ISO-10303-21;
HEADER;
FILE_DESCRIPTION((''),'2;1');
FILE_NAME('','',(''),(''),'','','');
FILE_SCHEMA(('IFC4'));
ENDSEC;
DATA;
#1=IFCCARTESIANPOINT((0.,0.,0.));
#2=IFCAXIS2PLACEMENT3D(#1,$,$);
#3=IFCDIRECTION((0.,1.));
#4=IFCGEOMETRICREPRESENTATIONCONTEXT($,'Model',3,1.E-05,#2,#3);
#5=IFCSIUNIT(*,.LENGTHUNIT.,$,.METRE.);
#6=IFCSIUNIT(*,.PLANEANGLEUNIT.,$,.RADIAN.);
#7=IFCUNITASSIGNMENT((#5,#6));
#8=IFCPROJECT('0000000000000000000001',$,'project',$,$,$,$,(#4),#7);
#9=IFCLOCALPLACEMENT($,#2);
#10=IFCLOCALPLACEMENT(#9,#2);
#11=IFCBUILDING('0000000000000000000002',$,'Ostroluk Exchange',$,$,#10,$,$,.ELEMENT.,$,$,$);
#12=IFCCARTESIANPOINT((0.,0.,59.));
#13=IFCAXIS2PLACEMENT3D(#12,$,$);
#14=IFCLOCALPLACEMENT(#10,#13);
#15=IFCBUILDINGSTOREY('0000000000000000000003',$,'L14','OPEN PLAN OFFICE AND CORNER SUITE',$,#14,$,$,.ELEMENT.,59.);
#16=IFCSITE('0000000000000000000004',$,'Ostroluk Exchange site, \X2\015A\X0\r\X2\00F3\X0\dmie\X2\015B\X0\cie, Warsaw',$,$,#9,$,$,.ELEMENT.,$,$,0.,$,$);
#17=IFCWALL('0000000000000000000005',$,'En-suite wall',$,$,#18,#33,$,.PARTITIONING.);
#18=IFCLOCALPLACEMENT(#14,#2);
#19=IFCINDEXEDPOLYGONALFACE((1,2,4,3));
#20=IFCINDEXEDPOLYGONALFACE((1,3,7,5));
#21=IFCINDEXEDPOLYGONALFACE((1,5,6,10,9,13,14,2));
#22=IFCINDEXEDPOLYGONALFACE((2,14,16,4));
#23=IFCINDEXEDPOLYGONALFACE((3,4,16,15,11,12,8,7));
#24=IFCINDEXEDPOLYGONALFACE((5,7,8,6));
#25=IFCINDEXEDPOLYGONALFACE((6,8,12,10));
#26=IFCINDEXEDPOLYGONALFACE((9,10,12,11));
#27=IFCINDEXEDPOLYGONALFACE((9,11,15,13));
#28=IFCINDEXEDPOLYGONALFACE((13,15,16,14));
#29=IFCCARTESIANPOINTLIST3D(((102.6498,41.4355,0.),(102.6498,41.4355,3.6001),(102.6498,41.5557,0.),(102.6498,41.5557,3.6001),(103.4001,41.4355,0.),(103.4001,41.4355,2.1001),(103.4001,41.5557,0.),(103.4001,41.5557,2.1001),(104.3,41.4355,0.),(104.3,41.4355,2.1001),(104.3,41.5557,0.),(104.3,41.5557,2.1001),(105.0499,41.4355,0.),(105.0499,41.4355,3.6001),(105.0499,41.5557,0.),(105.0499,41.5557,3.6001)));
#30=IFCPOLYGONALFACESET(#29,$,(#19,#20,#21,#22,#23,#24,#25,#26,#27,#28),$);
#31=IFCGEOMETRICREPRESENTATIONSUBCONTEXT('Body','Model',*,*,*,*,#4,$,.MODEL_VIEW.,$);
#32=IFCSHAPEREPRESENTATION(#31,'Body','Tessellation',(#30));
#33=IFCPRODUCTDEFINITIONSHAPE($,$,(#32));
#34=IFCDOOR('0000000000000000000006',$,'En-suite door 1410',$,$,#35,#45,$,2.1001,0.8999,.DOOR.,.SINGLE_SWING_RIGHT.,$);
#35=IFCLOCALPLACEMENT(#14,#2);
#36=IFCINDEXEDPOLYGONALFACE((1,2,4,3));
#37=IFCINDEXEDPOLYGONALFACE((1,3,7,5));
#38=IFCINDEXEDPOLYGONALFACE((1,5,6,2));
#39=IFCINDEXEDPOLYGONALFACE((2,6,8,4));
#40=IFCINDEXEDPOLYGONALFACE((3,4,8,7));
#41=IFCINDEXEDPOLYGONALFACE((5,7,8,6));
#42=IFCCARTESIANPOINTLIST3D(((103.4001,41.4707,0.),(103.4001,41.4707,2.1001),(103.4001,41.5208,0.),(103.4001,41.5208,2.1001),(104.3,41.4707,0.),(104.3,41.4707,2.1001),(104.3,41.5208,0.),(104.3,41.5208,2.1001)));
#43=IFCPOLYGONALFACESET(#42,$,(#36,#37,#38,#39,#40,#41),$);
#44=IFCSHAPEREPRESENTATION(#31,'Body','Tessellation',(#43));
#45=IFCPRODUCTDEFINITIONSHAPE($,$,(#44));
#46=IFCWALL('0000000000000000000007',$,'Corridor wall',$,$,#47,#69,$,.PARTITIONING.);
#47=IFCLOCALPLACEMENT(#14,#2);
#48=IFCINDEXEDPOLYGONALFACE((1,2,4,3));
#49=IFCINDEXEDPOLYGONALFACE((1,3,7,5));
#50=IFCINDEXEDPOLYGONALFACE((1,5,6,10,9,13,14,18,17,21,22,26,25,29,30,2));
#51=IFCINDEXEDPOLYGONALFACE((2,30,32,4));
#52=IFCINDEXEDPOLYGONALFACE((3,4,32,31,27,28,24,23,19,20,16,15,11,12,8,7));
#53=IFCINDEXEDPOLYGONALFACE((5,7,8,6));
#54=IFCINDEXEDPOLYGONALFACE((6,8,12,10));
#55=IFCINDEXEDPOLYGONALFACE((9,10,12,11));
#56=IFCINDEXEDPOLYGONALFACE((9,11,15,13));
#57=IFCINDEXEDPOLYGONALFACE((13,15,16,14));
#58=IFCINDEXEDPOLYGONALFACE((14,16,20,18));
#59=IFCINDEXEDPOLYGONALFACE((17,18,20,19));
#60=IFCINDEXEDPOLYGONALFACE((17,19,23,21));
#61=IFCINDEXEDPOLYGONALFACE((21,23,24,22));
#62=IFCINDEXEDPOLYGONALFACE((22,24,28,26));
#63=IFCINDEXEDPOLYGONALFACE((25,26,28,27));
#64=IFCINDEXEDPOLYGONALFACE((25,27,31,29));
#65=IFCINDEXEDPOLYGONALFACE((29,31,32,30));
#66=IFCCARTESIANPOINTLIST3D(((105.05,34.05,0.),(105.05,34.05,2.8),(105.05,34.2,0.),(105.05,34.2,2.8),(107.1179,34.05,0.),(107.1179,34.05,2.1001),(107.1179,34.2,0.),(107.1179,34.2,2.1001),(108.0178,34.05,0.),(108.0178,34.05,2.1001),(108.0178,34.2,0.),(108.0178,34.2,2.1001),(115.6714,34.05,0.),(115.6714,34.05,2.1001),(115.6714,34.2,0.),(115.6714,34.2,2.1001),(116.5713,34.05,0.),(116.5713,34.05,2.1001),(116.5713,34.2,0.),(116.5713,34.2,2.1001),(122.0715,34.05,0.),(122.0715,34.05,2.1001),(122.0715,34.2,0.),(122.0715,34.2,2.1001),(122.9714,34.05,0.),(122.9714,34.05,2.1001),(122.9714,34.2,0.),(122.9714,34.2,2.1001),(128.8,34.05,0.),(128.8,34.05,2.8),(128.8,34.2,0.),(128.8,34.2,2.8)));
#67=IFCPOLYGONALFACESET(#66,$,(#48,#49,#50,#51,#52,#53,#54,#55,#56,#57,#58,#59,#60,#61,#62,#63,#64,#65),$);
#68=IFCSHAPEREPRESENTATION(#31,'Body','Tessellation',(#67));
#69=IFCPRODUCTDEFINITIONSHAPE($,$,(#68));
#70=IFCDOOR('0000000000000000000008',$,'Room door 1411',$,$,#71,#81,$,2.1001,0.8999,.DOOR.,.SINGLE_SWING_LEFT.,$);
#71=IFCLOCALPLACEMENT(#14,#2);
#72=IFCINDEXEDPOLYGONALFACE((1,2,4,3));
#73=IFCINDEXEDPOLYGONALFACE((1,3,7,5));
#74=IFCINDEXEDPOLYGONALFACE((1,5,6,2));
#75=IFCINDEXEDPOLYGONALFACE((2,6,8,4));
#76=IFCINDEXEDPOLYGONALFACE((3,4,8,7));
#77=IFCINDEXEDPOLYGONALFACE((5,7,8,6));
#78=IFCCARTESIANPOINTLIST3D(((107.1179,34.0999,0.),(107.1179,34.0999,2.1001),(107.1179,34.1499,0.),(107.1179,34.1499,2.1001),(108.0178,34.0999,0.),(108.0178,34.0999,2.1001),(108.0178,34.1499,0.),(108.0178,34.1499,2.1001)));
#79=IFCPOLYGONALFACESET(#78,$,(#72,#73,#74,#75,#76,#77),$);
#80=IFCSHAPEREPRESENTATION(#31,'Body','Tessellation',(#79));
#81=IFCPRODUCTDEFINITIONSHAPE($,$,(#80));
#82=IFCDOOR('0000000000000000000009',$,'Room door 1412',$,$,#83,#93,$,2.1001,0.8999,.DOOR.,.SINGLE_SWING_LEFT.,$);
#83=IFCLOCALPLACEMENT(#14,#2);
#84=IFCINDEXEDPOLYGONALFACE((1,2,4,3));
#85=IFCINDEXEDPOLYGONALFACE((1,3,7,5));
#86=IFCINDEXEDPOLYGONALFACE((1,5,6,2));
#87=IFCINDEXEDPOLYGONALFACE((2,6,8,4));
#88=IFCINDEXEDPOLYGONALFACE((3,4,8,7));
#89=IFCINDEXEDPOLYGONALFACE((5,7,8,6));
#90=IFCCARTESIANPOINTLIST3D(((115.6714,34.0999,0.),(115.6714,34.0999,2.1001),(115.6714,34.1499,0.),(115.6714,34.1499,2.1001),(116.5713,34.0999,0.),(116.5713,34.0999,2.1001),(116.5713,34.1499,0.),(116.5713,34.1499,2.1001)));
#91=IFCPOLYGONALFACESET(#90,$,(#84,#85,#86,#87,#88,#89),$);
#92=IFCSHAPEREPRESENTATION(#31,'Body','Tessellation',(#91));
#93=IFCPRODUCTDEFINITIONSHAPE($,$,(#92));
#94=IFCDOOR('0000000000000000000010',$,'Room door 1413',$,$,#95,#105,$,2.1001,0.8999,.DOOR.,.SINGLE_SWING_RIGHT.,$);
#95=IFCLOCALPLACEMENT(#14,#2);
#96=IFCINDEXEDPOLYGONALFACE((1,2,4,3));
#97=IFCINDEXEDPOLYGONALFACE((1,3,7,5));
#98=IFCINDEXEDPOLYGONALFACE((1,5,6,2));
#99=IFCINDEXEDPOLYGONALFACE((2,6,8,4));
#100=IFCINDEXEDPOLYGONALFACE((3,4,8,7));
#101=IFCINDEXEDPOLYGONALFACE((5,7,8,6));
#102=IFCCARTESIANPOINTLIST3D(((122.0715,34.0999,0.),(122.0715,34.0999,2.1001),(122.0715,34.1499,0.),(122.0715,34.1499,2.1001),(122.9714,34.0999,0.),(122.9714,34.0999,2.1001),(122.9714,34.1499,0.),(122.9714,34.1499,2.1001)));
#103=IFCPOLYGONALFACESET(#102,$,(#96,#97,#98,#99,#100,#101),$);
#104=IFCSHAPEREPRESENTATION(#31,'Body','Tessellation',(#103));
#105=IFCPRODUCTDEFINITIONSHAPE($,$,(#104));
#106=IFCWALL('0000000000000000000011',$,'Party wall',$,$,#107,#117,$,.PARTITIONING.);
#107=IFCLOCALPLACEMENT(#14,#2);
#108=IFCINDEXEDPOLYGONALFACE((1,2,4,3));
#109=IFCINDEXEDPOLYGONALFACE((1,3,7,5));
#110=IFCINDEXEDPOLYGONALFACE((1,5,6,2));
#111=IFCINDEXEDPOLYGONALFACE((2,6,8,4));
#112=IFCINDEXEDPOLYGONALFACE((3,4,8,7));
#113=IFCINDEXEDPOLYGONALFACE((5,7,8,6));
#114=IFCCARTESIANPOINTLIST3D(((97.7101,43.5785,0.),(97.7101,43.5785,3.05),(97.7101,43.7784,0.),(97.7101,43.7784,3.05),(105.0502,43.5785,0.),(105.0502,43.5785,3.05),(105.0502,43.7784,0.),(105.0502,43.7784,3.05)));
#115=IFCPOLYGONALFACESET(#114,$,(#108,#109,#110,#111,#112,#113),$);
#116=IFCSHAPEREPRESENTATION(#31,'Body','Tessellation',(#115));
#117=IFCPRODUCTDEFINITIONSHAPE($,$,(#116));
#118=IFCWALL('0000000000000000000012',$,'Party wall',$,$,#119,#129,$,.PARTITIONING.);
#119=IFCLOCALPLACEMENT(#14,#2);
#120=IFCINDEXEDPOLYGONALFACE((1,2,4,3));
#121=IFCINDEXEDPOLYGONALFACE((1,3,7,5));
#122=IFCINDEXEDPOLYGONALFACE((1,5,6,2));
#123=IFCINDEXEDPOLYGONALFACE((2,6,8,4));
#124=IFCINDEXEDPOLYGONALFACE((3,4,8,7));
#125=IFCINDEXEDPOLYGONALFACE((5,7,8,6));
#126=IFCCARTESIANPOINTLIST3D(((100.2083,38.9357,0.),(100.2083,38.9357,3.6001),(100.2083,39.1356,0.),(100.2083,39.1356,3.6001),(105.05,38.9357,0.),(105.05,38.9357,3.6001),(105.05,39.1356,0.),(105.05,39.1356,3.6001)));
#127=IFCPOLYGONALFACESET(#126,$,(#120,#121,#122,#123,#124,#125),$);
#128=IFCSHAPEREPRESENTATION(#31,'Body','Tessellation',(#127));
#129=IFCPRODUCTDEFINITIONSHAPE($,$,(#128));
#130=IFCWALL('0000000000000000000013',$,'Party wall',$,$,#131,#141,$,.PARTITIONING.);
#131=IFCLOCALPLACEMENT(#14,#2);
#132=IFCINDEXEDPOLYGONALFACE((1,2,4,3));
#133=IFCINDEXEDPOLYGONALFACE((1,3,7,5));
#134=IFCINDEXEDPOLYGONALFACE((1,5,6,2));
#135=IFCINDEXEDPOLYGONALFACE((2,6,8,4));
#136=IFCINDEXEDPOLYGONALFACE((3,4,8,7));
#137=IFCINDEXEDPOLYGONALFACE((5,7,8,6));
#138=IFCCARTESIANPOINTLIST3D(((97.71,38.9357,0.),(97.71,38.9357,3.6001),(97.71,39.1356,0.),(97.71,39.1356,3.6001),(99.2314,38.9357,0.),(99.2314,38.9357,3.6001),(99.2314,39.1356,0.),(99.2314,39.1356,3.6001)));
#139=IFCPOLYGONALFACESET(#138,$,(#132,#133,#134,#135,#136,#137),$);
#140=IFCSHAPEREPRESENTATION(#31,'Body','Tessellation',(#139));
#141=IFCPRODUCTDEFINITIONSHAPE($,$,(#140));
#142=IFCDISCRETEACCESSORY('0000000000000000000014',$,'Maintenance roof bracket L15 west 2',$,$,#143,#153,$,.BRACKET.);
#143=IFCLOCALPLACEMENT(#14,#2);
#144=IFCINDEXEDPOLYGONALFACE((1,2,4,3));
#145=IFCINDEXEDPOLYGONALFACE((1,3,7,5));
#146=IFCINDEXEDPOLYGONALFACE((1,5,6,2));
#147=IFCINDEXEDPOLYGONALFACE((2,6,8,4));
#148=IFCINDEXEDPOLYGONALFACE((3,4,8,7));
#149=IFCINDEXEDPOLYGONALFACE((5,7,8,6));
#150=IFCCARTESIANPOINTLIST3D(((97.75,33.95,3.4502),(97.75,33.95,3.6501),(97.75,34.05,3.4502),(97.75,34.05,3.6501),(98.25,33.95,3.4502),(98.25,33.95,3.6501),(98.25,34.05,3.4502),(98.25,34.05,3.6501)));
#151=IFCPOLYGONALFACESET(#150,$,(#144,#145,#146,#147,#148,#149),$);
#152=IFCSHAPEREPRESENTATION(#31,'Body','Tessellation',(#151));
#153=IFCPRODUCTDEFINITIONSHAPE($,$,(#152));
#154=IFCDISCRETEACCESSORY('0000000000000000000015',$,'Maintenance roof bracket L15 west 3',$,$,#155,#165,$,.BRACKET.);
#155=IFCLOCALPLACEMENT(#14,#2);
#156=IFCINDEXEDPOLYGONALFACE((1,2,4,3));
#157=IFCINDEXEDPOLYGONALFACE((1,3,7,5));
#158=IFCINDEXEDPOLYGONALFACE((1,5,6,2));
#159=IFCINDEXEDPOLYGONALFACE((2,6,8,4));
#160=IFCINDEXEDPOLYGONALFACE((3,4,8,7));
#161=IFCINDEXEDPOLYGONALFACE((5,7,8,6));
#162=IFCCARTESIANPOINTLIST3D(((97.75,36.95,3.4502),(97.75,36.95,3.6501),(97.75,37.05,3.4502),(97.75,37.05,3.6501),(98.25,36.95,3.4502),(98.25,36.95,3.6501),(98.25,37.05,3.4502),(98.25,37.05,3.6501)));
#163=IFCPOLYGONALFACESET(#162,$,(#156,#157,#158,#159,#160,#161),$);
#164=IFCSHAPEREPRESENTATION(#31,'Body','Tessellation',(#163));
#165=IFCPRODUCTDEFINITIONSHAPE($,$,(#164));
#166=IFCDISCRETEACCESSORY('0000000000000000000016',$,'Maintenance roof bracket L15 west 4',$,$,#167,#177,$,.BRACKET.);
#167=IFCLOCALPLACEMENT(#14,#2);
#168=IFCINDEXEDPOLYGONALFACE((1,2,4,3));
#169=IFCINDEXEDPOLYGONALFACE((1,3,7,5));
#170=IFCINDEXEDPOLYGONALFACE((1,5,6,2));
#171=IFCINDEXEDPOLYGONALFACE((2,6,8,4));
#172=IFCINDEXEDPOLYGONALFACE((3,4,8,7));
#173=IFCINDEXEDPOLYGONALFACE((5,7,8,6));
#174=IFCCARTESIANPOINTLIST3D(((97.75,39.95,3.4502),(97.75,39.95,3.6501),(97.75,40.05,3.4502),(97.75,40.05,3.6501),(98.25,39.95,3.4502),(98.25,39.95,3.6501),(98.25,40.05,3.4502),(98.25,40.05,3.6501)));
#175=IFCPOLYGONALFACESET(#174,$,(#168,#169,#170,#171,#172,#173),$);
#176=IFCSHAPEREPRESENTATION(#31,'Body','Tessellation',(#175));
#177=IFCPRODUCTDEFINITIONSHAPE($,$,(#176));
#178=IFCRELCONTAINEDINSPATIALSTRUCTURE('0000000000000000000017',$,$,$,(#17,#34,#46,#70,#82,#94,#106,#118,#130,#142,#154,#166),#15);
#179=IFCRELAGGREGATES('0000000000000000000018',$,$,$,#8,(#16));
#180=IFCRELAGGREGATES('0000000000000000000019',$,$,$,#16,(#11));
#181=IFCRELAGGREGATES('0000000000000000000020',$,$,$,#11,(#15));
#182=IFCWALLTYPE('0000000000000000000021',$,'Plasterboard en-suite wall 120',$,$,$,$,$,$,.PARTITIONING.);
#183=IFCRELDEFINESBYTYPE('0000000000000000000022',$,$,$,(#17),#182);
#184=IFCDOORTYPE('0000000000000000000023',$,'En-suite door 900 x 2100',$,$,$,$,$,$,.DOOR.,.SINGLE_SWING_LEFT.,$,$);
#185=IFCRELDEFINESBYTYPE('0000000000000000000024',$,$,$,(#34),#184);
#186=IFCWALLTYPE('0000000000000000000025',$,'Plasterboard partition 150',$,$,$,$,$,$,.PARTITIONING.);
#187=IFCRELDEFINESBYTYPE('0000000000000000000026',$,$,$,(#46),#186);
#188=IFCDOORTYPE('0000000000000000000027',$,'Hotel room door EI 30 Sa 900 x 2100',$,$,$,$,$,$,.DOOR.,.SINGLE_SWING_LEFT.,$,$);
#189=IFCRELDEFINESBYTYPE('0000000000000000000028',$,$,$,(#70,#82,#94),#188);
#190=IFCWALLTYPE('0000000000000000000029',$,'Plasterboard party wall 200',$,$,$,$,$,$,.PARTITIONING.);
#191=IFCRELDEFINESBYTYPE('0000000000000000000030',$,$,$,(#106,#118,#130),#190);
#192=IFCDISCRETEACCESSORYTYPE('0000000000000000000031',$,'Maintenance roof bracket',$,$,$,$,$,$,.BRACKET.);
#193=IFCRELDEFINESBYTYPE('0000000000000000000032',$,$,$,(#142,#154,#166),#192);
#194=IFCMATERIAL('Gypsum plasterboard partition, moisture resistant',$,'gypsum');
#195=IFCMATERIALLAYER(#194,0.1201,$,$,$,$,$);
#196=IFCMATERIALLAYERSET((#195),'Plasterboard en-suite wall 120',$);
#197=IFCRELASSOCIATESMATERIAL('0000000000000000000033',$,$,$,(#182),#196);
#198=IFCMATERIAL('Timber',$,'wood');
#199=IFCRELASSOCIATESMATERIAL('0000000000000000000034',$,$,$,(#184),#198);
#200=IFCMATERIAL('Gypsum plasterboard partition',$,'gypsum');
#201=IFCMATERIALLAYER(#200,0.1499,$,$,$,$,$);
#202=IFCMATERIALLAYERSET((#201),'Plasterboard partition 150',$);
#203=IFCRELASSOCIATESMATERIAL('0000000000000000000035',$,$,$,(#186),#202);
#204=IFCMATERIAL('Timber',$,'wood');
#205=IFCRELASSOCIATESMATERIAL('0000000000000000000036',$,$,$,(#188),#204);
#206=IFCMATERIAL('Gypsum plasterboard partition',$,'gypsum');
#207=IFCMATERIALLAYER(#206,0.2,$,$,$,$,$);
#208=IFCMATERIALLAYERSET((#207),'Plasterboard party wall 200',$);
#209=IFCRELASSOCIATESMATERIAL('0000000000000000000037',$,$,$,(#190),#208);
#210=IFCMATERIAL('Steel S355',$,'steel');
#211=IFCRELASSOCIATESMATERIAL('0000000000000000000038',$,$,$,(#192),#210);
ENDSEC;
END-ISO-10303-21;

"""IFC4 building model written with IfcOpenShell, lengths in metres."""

from ifc_helpers import new_model, si_unit, direction, frame, frame_2d, origin, origin_2d, place, context, subcontext, project, spatial, rectangle, extrude, material, layer, layer_set, type_object, element, fill, save


model = new_model("IFC4")

# Units and contexts
model_context = context("Model", 3, precision=1e-05, world=origin(), true_north=direction((0.0, 1.0)))
body_context = subcontext(model_context, "Body", "Model", "MODEL_VIEW")
ifc_project = project(units=[si_unit("LENGTHUNIT", "METRE"), si_unit("PLANEANGLEUNIT", "RADIAN")], contexts=[model_context])

# Site, building, storey
site_placement = place(None, origin())
site = spatial("IfcSite", under=ifc_project, at=site_placement, Name="Ostroluk Exchange site, Śródmieście, Warsaw", CompositionType="ELEMENT", RefElevation=0.0)
building_placement = place(site_placement, origin())
building = spatial("IfcBuilding", under=site, at=building_placement, Name="Ostroluk Exchange", CompositionType="ELEMENT")
storey_placement = place(building_placement, frame((0.0, 0.0, 59.0)))
storey = spatial("IfcBuildingStorey", under=building, at=storey_placement, Name="L14", Description="OPEN PLAN OFFICE AND CORNER SUITE", CompositionType="ELEMENT", Elevation=59.0)

# Shared definitions
ifc_material_1 = material(Name="Gypsum plasterboard partition, moisture resistant", Category="gypsum")
ifc_layer_1 = layer(ifc_material_1, 0.1201)
ifc_layer_set_1 = layer_set([ifc_layer_1], Name="Plasterboard en-suite wall 120")
wall_type_1 = type_object("IfcWallType", Name="Plasterboard en-suite wall 120", PredefinedType="PARTITIONING", material=ifc_layer_set_1)

# Wall, opening, door
wall_1_placement = place(storey_placement, frame((105.05, 41.4956, 0.0), z_axis=(0.0, 0.0, 1.0), x_axis=(-1.0, 0.0, 0.0)))
wall_1 = element("IfcWall", 1, at=wall_1_placement, inside=storey, type_object=wall_type_1, Name="En-suite wall", PredefinedType="PARTITIONING", context=body_context, shape_type="SweptSolid", body=[
    extrude(rectangle(XDim=2.4001, YDim=0.1201, at=frame_2d((1.2002, 0.0))), origin(), (0.0, 0.0, 1.0), 3.6001),
])
opening_1_placement = place(wall_1_placement, frame((0.75, 0.0, 0.0)))
opening_1 = element("IfcOpeningElement", 2, at=opening_1_placement, cuts=wall_1, PredefinedType="OPENING", context=body_context, shape_type="SweptSolid", body=[
    extrude(rectangle(XDim=0.8999, YDim=2.1001, at=frame_2d((0.45, 1.05))), frame((0.0, 0.0701, 0.0), z_axis=(0.0, -1.0, 0.0), x_axis=(1.0, 0.0, 0.0)), (0.0, 0.0, 1.0), 0.1401),
])
ifc_material_2 = material(Name="Timber", Category="wood")
door_type_1 = type_object("IfcDoorType", Name="En-suite door 900 x 2100", OperationType="SINGLE_SWING_LEFT", PredefinedType="DOOR", material=ifc_material_2)
door_1_placement = place(opening_1_placement, origin())
door_1 = element("IfcDoor", 3, at=door_1_placement, inside=storey, type_object=door_type_1, Name="En-suite door 1410", OperationType="SINGLE_SWING_RIGHT", OverallHeight=2.1001, OverallWidth=0.8999, PredefinedType="DOOR", context=body_context, shape_type="SweptSolid", body=[
    extrude(rectangle(XDim=0.8999, YDim=2.1001, at=frame_2d((0.45, 1.05))), frame((0.0, 0.0249, 0.0), z_axis=(0.0, -1.0, 0.0), x_axis=(1.0, 0.0, 0.0)), (0.0, 0.0, 1.0), 0.05),
])
fill(opening_1, door_1)

# Wall, openings, doors
ifc_material_3 = material(Name="Gypsum plasterboard partition", Category="gypsum")
ifc_layer_2 = layer(ifc_material_3, 0.1499)
ifc_layer_set_2 = layer_set([ifc_layer_2], Name="Plasterboard partition 150")
wall_type_2 = type_object("IfcWallType", Name="Plasterboard partition 150", PredefinedType="PARTITIONING", material=ifc_layer_set_2)
wall_2_placement = place(storey_placement, frame((105.05, 34.125, 0.0), z_axis=(0.0, 0.0, 1.0), x_axis=(1.0, 0.0, 0.0)))
wall_2 = element("IfcWall", 4, at=wall_2_placement, inside=storey, type_object=wall_type_2, Name="Corridor wall", PredefinedType="PARTITIONING", context=body_context, shape_type="SweptSolid", body=[
    extrude(rectangle(XDim=23.75, YDim=0.1499, at=frame_2d((11.875, 0.0))), origin(), (0.0, 0.0, 1.0), 2.8),
])
opening_2_placement = place(wall_2_placement, frame((2.0679, 0.0, 0.0)))
opening_2 = element("IfcOpeningElement", 5, at=opening_2_placement, cuts=wall_2, PredefinedType="OPENING", context=body_context, shape_type="SweptSolid", body=[
    extrude(rectangle(XDim=0.8999, YDim=2.1001, at=frame_2d((0.45, 1.05))), frame((0.0, 0.085, 0.0), z_axis=(0.0, -1.0, 0.0), x_axis=(1.0, 0.0, 0.0)), (0.0, 0.0, 1.0), 0.1699),
])
opening_3_placement = place(wall_2_placement, frame((10.6213, 0.0, 0.0)))
opening_3 = element("IfcOpeningElement", 6, at=opening_3_placement, cuts=wall_2, PredefinedType="OPENING", context=body_context, shape_type="SweptSolid", body=[
    extrude(rectangle(XDim=0.8999, YDim=2.1001, at=frame_2d((0.45, 1.05))), frame((0.0, 0.085, 0.0), z_axis=(0.0, -1.0, 0.0), x_axis=(1.0, 0.0, 0.0)), (0.0, 0.0, 1.0), 0.1699),
])
opening_4_placement = place(wall_2_placement, frame((17.0215, 0.0, 0.0)))
opening_4 = element("IfcOpeningElement", 7, at=opening_4_placement, cuts=wall_2, PredefinedType="OPENING", context=body_context, shape_type="SweptSolid", body=[
    extrude(rectangle(XDim=0.8999, YDim=2.1001, at=frame_2d((0.45, 1.05))), frame((0.0, 0.085, 0.0), z_axis=(0.0, -1.0, 0.0), x_axis=(1.0, 0.0, 0.0)), (0.0, 0.0, 1.0), 0.1699),
])
ifc_material_4 = material(Name="Timber", Category="wood")
door_type_2 = type_object("IfcDoorType", Name="Hotel room door EI 30 Sa 900 x 2100", OperationType="SINGLE_SWING_LEFT", PredefinedType="DOOR", material=ifc_material_4)
door_2_placement = place(opening_2_placement, origin())
door_2 = element("IfcDoor", 8, at=door_2_placement, inside=storey, type_object=door_type_2, Name="Room door 1411", OperationType="SINGLE_SWING_LEFT", OverallHeight=2.1001, OverallWidth=0.8999, PredefinedType="DOOR", context=body_context, shape_type="SweptSolid", body=[
    extrude(rectangle(XDim=0.8999, YDim=2.1001, at=frame_2d((0.45, 1.05))), frame((0.0, 0.0249, 0.0), z_axis=(0.0, -1.0, 0.0), x_axis=(1.0, 0.0, 0.0)), (0.0, 0.0, 1.0), 0.05),
])
fill(opening_2, door_2)
door_3_placement = place(opening_3_placement, origin())
door_3 = element("IfcDoor", 9, at=door_3_placement, inside=storey, type_object=door_type_2, Name="Room door 1412", OperationType="SINGLE_SWING_LEFT", OverallHeight=2.1001, OverallWidth=0.8999, PredefinedType="DOOR", context=body_context, shape_type="SweptSolid", body=[
    extrude(rectangle(XDim=0.8999, YDim=2.1001, at=frame_2d((0.45, 1.05))), frame((0.0, 0.0249, 0.0), z_axis=(0.0, -1.0, 0.0), x_axis=(1.0, 0.0, 0.0)), (0.0, 0.0, 1.0), 0.05),
])
fill(opening_3, door_3)
door_4_placement = place(opening_4_placement, origin())
door_4 = element("IfcDoor", 10, at=door_4_placement, inside=storey, type_object=door_type_2, Name="Room door 1413", OperationType="SINGLE_SWING_RIGHT", OverallHeight=2.1001, OverallWidth=0.8999, PredefinedType="DOOR", context=body_context, shape_type="SweptSolid", body=[
    extrude(rectangle(XDim=0.8999, YDim=2.1001, at=frame_2d((0.45, 1.05))), frame((0.0, 0.0249, 0.0), z_axis=(0.0, -1.0, 0.0), x_axis=(1.0, 0.0, 0.0)), (0.0, 0.0, 1.0), 0.05),
])
fill(opening_4, door_4)

# Walls
ifc_material_5 = material(Name="Gypsum plasterboard partition", Category="gypsum")
ifc_layer_3 = layer(ifc_material_5, 0.2)
ifc_layer_set_3 = layer_set([ifc_layer_3], Name="Plasterboard party wall 200")
wall_type_3 = type_object("IfcWallType", Name="Plasterboard party wall 200", PredefinedType="PARTITIONING", material=ifc_layer_set_3)
wall_3_placement = place(storey_placement, frame((105.05, 43.6785, 0.0), z_axis=(0.0, 0.0, 1.0), x_axis=(-1.0, 0.0, 0.0)))
element("IfcWall", 11, at=wall_3_placement, inside=storey, type_object=wall_type_3, Name="Party wall", PredefinedType="PARTITIONING", context=body_context, shape_type="SweptSolid", body=[
    extrude(rectangle(XDim=7.3401, YDim=0.2, at=frame_2d((3.6699, 0.0))), origin(), (0.0, 0.0, 1.0), 3.05),
])
wall_4_placement = place(storey_placement, frame((105.05, 39.0356, 0.0), z_axis=(0.0, 0.0, 1.0), x_axis=(-1.0, 0.0, 0.0)))
element("IfcWall", 12, at=wall_4_placement, inside=storey, type_object=wall_type_3, Name="Party wall", PredefinedType="PARTITIONING", context=body_context, shape_type="SweptSolid", body=[
    extrude(rectangle(XDim=4.8418, YDim=0.2, at=frame_2d((2.4209, 0.0))), origin(), (0.0, 0.0, 1.0), 3.6001),
])
wall_5_placement = place(storey_placement, frame((99.2314, 39.0356, 0.0), z_axis=(0.0, 0.0, 1.0), x_axis=(-1.0, 0.0, 0.0)))
element("IfcWall", 13, at=wall_5_placement, inside=storey, type_object=wall_type_3, Name="Party wall", PredefinedType="PARTITIONING", context=body_context, shape_type="SweptSolid", body=[
    extrude(rectangle(XDim=1.5215, YDim=0.2, at=frame_2d((0.7607, 0.0))), origin(), (0.0, 0.0, 1.0), 3.6001),
])

# Discrete accessories
ifc_material_6 = material(Name="Steel S355", Category="steel")
discrete_accessory_type = type_object("IfcDiscreteAccessoryType", Name="Maintenance roof bracket", PredefinedType="BRACKET", material=ifc_material_6)
for number, where, z_axis, x_axis, name in (
    (14, (98.0, 34.0, 3.4502), (0.0, 0.0, 1.0), (1.0, 0.0, 0.0), "Maintenance roof bracket L15 west 2"),
    (15, (98.0, 37.0, 3.4502), (0.0, 0.0, 1.0), (1.0, 0.0, 0.0), "Maintenance roof bracket L15 west 3"),
    (16, (98.0, 40.0, 3.4502), (0.0, 0.0, 1.0), (1.0, 0.0, 0.0), "Maintenance roof bracket L15 west 4"),
):
    element("IfcDiscreteAccessory", number, at=place(storey_placement, frame(where, z_axis=z_axis, x_axis=x_axis)), inside=storey, type_object=discrete_accessory_type, Name=name, PredefinedType="BRACKET", context=body_context, shape_type="SweptSolid", body=[
        extrude(rectangle(XDim=0.5, YDim=0.1001, at=origin_2d()), origin(), (0.0, 0.0, 1.0), 0.2),
    ])

save(model, "model.ifc")
